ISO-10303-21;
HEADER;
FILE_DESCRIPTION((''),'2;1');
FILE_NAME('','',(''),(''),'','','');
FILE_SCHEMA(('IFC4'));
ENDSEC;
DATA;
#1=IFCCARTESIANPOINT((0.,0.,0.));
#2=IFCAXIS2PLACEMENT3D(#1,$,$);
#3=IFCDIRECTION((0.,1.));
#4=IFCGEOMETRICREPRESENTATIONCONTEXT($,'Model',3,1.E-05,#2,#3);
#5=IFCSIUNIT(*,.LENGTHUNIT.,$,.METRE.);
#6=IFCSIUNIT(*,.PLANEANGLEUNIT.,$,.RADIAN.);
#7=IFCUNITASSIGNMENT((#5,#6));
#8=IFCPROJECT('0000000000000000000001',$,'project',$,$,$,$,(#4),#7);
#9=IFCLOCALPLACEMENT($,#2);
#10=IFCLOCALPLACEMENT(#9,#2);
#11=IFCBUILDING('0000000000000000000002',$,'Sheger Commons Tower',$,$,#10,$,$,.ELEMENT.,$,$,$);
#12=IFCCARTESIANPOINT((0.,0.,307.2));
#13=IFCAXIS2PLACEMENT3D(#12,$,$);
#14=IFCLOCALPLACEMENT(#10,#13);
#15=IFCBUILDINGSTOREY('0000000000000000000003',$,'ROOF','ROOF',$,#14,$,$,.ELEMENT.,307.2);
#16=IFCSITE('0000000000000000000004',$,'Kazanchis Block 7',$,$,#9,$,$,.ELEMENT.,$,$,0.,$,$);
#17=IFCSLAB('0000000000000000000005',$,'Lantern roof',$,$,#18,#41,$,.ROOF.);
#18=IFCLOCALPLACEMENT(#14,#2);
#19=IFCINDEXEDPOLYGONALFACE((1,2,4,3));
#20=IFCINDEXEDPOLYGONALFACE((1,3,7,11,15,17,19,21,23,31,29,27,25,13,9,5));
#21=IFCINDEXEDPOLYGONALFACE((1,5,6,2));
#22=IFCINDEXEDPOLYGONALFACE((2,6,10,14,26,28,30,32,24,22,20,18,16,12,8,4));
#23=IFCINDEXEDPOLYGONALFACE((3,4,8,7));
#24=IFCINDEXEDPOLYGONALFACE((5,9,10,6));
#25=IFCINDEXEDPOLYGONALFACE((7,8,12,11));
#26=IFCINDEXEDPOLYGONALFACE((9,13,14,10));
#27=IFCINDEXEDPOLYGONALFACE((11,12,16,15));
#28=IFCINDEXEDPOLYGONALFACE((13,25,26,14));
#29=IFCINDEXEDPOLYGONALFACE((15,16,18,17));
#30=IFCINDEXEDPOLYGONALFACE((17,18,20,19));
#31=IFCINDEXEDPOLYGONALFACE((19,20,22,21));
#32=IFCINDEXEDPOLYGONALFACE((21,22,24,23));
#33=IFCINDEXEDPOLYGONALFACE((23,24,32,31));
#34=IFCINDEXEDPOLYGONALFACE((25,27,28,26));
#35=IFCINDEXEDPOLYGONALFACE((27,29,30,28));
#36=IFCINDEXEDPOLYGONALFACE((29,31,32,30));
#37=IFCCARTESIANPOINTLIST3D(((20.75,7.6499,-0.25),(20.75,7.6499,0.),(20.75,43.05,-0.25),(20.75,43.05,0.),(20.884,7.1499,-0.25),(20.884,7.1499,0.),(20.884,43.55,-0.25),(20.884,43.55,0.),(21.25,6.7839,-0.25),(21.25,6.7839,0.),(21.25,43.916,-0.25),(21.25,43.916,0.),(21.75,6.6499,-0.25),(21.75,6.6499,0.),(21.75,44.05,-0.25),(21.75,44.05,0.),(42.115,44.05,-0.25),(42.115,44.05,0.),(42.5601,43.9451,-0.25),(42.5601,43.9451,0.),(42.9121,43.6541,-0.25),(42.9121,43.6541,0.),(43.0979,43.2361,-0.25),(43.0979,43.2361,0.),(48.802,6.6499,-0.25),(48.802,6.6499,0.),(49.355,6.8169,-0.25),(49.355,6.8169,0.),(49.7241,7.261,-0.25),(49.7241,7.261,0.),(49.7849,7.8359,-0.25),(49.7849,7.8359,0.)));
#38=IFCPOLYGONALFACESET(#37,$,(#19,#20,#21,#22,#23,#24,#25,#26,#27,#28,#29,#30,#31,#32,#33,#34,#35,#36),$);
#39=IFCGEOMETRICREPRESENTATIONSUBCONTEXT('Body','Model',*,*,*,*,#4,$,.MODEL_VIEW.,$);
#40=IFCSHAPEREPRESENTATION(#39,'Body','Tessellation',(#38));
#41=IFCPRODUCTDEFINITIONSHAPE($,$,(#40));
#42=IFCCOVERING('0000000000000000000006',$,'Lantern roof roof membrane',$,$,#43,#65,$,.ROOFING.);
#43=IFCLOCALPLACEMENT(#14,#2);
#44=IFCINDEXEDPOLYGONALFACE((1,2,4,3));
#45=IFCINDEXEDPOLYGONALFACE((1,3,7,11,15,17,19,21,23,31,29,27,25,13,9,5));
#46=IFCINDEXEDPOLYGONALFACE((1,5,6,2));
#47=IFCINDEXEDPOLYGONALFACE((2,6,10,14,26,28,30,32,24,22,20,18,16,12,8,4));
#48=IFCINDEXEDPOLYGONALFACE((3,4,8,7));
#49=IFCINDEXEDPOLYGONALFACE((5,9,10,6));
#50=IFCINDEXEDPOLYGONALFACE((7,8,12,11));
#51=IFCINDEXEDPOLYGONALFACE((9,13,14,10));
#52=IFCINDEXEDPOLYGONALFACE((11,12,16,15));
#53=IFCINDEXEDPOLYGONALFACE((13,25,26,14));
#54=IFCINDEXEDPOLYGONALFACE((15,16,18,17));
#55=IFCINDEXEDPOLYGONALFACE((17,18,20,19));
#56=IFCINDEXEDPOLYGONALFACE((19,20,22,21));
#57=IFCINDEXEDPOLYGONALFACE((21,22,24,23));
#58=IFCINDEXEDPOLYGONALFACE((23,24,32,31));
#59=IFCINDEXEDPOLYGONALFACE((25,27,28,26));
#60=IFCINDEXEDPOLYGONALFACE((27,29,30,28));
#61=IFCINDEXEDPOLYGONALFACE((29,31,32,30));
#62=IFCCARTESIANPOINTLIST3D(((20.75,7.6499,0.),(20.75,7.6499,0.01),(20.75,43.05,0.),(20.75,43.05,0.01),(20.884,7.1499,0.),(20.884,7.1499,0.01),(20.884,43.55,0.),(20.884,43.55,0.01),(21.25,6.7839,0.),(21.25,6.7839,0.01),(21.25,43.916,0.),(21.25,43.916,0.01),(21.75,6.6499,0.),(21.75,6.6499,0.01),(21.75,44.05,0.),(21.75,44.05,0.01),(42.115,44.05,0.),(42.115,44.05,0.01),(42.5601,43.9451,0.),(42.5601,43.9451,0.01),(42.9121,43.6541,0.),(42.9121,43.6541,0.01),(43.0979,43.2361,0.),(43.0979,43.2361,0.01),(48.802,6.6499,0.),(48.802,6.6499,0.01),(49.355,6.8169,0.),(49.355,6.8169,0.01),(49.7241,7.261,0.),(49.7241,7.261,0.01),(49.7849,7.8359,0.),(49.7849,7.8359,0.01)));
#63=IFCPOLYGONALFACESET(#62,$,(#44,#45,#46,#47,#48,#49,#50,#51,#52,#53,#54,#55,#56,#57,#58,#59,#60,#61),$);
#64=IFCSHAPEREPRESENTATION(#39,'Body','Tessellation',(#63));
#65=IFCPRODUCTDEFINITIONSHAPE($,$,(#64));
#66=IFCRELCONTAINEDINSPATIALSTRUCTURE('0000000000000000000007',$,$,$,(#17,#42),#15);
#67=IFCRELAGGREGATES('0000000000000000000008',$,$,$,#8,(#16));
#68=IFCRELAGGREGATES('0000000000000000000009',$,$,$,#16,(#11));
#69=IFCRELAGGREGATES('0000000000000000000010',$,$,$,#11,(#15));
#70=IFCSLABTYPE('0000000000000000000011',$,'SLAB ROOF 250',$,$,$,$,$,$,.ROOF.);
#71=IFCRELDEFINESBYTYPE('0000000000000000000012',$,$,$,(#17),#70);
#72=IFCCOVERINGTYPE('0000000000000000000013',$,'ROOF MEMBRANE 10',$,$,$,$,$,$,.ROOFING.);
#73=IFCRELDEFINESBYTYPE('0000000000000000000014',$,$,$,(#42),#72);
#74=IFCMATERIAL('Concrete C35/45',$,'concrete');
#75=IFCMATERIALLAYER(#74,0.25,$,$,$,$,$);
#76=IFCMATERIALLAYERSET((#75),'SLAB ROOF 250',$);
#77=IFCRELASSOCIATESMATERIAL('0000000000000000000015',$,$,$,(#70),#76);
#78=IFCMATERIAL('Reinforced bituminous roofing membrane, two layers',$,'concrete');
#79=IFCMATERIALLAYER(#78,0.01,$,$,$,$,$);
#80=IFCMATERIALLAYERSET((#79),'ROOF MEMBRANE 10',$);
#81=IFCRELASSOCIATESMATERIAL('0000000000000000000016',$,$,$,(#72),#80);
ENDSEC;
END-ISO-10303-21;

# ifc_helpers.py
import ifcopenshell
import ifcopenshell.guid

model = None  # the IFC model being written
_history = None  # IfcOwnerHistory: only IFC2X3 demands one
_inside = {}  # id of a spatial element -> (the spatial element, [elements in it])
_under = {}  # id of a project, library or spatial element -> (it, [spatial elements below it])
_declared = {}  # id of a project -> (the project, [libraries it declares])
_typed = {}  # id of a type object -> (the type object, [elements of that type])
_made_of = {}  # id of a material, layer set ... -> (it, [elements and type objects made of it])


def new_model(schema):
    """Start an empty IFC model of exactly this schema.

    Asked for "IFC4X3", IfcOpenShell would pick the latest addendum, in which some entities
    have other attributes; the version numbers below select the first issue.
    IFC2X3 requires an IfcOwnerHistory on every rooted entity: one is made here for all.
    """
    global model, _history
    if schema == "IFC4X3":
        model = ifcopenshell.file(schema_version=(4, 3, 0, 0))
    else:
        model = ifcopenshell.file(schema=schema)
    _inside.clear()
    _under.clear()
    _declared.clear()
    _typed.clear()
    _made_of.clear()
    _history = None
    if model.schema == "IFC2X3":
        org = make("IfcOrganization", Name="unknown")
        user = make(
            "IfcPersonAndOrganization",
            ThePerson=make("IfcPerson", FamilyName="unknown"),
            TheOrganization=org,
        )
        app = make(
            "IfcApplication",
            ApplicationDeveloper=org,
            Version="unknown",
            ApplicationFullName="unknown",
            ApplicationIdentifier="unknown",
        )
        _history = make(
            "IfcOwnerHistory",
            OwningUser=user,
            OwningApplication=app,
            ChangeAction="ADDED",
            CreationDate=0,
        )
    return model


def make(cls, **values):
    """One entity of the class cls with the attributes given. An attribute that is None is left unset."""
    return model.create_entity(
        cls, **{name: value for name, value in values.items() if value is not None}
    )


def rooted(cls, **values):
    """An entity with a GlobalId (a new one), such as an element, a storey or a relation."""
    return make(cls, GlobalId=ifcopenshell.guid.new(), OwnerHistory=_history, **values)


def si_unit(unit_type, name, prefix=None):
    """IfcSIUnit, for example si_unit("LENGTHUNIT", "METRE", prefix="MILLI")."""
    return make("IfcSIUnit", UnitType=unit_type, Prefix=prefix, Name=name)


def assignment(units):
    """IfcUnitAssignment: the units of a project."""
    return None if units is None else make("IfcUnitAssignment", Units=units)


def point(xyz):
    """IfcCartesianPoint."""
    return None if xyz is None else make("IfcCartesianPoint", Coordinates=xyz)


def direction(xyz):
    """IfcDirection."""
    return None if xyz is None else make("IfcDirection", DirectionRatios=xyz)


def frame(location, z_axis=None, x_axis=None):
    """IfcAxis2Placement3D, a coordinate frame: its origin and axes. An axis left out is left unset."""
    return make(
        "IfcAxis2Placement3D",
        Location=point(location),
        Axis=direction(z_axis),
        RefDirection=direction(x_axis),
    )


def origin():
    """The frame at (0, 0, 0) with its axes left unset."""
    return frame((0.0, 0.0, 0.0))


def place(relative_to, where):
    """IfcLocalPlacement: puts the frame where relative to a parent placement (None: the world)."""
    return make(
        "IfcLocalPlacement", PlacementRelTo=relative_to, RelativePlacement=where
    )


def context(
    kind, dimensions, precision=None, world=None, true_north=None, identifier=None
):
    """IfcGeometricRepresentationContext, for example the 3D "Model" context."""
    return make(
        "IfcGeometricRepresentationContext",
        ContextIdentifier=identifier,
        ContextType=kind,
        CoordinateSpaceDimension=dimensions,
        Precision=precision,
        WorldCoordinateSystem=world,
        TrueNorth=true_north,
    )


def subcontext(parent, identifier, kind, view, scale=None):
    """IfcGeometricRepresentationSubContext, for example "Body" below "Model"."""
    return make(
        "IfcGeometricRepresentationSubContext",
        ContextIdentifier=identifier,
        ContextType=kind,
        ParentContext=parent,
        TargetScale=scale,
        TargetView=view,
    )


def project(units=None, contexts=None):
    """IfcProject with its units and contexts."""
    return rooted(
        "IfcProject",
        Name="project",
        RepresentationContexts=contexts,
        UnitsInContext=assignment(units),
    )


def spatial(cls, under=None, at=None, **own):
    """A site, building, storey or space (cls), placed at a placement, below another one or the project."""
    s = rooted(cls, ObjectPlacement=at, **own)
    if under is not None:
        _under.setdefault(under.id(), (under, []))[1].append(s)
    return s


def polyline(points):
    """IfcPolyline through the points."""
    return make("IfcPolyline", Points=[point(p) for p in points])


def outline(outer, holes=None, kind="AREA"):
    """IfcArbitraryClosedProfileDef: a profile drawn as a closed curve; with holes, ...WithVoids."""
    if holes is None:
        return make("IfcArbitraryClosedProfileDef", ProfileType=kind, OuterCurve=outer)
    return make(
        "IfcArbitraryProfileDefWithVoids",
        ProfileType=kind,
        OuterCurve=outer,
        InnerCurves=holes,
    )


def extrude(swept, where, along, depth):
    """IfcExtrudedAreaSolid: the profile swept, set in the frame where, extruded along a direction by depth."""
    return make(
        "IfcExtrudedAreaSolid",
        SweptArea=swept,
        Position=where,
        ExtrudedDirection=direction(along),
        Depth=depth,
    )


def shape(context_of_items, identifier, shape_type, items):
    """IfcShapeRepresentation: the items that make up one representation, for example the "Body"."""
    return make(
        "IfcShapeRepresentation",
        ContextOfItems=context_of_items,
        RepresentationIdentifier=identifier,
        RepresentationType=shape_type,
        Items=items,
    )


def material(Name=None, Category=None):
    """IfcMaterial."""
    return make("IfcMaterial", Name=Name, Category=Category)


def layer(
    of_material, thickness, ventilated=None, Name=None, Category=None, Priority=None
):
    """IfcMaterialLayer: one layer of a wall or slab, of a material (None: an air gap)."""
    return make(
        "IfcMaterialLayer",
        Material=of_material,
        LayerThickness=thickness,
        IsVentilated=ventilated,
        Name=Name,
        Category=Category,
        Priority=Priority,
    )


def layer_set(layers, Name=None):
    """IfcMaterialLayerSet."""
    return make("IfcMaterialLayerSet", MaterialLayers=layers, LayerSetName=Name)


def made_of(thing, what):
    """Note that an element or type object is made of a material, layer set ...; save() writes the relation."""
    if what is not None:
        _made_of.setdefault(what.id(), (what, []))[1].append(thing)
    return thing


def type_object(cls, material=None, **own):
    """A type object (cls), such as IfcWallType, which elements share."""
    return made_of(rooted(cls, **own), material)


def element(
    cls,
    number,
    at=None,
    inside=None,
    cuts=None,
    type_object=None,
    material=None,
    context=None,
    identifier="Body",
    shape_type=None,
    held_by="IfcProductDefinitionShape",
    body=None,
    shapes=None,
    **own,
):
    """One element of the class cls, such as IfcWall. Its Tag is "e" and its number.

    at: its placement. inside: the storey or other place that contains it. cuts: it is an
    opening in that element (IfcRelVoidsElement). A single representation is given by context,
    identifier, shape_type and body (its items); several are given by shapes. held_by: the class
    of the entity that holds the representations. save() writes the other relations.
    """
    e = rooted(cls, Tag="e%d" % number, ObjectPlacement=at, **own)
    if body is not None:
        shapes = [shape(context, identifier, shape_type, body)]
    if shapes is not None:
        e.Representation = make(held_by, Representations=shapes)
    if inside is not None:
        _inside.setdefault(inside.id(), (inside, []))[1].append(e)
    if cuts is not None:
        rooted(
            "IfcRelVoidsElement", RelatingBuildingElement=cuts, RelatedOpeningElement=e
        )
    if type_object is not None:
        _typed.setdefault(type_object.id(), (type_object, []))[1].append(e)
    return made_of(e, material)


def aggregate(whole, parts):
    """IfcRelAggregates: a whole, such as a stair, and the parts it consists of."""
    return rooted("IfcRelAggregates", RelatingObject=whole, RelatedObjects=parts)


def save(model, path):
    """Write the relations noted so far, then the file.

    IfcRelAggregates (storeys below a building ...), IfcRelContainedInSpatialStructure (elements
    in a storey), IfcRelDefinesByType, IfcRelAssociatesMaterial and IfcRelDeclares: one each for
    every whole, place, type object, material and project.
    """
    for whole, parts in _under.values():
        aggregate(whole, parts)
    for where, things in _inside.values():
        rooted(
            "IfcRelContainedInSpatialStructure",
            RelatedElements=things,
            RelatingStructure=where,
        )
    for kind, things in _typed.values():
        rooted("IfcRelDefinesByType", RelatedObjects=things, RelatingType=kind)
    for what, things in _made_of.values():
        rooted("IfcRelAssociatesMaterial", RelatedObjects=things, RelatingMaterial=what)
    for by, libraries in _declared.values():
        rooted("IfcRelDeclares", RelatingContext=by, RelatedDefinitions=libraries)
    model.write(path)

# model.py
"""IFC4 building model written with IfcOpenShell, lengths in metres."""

from ifc_helpers import new_model, si_unit, direction, frame, origin, place, context, subcontext, project, spatial, polyline, outline, extrude, material, layer, layer_set, type_object, element, save


model = new_model("IFC4")

# Units and contexts
model_context = context("Model", 3, precision=1e-05, world=origin(), true_north=direction((0.0, 1.0)))
body_context = subcontext(model_context, "Body", "Model", "MODEL_VIEW")
ifc_project = project(units=[si_unit("LENGTHUNIT", "METRE"), si_unit("PLANEANGLEUNIT", "RADIAN")], contexts=[model_context])

# Site, building, storey
site_placement = place(None, origin())
site = spatial("IfcSite", under=ifc_project, at=site_placement, Name="Kazanchis Block 7", CompositionType="ELEMENT", RefElevation=0.0)
building_placement = place(site_placement, origin())
building = spatial("IfcBuilding", under=site, at=building_placement, Name="Sheger Commons Tower", CompositionType="ELEMENT")
storey_placement = place(building_placement, frame((0.0, 0.0, 307.2)))
storey = spatial("IfcBuildingStorey", under=building, at=storey_placement, Name="ROOF", Description="ROOF", CompositionType="ELEMENT", Elevation=307.2)

# Slab
ifc_material_1 = material(Name="Concrete C35/45", Category="concrete")
ifc_layer_1 = layer(ifc_material_1, 0.25)
ifc_layer_set_1 = layer_set([ifc_layer_1], Name="SLAB ROOF 250")
slab_type = type_object("IfcSlabType", Name="SLAB ROOF 250", PredefinedType="ROOF", material=ifc_layer_set_1)
slab_placement = place(storey_placement, frame((0.0, 0.0, -0.25)))
element("IfcSlab", 1, at=slab_placement, inside=storey, type_object=slab_type, Name="Lantern roof", PredefinedType="ROOF", context=body_context, shape_type="SweptSolid", body=[
    extrude(outline(polyline([(20.75, 7.6499), (20.884, 7.1499), (21.25, 6.7839), (21.75, 6.6499), (48.802, 6.6499), (49.355, 6.8169), (49.7241, 7.261), (49.7849, 7.8359), (43.0979, 43.2361), (42.9121, 43.6541), (42.5601, 43.9451), (42.115, 44.05), (21.75, 44.05), (21.25, 43.916), (20.884, 43.55), (20.75, 43.05), (20.75, 7.6499)])), origin(), (0.0, 0.0, 1.0), 0.25),
])

# Covering
ifc_material_2 = material(Name="Reinforced bituminous roofing membrane, two layers", Category="concrete")
ifc_layer_2 = layer(ifc_material_2, 0.01)
ifc_layer_set_2 = layer_set([ifc_layer_2], Name="ROOF MEMBRANE 10")
covering_type = type_object("IfcCoveringType", Name="ROOF MEMBRANE 10", PredefinedType="ROOFING", material=ifc_layer_set_2)
covering_placement = place(storey_placement, origin())
element("IfcCovering", 2, at=covering_placement, inside=storey, type_object=covering_type, Name="Lantern roof roof membrane", PredefinedType="ROOFING", context=body_context, shape_type="SweptSolid", body=[
    extrude(outline(polyline([(21.75, 6.6499), (48.802, 6.6499), (49.355, 6.8169), (49.7241, 7.261), (49.7849, 7.8359), (43.0979, 43.2361), (42.9121, 43.6541), (42.5601, 43.9451), (42.115, 44.05), (21.75, 44.05), (21.25, 43.916), (20.884, 43.55), (20.75, 43.05), (20.75, 7.6499), (20.884, 7.1499), (21.25, 6.7839), (21.75, 6.6499)])), origin(), (0.0, 0.0, 1.0), 0.01),
])

save(model, "model.ifc")
